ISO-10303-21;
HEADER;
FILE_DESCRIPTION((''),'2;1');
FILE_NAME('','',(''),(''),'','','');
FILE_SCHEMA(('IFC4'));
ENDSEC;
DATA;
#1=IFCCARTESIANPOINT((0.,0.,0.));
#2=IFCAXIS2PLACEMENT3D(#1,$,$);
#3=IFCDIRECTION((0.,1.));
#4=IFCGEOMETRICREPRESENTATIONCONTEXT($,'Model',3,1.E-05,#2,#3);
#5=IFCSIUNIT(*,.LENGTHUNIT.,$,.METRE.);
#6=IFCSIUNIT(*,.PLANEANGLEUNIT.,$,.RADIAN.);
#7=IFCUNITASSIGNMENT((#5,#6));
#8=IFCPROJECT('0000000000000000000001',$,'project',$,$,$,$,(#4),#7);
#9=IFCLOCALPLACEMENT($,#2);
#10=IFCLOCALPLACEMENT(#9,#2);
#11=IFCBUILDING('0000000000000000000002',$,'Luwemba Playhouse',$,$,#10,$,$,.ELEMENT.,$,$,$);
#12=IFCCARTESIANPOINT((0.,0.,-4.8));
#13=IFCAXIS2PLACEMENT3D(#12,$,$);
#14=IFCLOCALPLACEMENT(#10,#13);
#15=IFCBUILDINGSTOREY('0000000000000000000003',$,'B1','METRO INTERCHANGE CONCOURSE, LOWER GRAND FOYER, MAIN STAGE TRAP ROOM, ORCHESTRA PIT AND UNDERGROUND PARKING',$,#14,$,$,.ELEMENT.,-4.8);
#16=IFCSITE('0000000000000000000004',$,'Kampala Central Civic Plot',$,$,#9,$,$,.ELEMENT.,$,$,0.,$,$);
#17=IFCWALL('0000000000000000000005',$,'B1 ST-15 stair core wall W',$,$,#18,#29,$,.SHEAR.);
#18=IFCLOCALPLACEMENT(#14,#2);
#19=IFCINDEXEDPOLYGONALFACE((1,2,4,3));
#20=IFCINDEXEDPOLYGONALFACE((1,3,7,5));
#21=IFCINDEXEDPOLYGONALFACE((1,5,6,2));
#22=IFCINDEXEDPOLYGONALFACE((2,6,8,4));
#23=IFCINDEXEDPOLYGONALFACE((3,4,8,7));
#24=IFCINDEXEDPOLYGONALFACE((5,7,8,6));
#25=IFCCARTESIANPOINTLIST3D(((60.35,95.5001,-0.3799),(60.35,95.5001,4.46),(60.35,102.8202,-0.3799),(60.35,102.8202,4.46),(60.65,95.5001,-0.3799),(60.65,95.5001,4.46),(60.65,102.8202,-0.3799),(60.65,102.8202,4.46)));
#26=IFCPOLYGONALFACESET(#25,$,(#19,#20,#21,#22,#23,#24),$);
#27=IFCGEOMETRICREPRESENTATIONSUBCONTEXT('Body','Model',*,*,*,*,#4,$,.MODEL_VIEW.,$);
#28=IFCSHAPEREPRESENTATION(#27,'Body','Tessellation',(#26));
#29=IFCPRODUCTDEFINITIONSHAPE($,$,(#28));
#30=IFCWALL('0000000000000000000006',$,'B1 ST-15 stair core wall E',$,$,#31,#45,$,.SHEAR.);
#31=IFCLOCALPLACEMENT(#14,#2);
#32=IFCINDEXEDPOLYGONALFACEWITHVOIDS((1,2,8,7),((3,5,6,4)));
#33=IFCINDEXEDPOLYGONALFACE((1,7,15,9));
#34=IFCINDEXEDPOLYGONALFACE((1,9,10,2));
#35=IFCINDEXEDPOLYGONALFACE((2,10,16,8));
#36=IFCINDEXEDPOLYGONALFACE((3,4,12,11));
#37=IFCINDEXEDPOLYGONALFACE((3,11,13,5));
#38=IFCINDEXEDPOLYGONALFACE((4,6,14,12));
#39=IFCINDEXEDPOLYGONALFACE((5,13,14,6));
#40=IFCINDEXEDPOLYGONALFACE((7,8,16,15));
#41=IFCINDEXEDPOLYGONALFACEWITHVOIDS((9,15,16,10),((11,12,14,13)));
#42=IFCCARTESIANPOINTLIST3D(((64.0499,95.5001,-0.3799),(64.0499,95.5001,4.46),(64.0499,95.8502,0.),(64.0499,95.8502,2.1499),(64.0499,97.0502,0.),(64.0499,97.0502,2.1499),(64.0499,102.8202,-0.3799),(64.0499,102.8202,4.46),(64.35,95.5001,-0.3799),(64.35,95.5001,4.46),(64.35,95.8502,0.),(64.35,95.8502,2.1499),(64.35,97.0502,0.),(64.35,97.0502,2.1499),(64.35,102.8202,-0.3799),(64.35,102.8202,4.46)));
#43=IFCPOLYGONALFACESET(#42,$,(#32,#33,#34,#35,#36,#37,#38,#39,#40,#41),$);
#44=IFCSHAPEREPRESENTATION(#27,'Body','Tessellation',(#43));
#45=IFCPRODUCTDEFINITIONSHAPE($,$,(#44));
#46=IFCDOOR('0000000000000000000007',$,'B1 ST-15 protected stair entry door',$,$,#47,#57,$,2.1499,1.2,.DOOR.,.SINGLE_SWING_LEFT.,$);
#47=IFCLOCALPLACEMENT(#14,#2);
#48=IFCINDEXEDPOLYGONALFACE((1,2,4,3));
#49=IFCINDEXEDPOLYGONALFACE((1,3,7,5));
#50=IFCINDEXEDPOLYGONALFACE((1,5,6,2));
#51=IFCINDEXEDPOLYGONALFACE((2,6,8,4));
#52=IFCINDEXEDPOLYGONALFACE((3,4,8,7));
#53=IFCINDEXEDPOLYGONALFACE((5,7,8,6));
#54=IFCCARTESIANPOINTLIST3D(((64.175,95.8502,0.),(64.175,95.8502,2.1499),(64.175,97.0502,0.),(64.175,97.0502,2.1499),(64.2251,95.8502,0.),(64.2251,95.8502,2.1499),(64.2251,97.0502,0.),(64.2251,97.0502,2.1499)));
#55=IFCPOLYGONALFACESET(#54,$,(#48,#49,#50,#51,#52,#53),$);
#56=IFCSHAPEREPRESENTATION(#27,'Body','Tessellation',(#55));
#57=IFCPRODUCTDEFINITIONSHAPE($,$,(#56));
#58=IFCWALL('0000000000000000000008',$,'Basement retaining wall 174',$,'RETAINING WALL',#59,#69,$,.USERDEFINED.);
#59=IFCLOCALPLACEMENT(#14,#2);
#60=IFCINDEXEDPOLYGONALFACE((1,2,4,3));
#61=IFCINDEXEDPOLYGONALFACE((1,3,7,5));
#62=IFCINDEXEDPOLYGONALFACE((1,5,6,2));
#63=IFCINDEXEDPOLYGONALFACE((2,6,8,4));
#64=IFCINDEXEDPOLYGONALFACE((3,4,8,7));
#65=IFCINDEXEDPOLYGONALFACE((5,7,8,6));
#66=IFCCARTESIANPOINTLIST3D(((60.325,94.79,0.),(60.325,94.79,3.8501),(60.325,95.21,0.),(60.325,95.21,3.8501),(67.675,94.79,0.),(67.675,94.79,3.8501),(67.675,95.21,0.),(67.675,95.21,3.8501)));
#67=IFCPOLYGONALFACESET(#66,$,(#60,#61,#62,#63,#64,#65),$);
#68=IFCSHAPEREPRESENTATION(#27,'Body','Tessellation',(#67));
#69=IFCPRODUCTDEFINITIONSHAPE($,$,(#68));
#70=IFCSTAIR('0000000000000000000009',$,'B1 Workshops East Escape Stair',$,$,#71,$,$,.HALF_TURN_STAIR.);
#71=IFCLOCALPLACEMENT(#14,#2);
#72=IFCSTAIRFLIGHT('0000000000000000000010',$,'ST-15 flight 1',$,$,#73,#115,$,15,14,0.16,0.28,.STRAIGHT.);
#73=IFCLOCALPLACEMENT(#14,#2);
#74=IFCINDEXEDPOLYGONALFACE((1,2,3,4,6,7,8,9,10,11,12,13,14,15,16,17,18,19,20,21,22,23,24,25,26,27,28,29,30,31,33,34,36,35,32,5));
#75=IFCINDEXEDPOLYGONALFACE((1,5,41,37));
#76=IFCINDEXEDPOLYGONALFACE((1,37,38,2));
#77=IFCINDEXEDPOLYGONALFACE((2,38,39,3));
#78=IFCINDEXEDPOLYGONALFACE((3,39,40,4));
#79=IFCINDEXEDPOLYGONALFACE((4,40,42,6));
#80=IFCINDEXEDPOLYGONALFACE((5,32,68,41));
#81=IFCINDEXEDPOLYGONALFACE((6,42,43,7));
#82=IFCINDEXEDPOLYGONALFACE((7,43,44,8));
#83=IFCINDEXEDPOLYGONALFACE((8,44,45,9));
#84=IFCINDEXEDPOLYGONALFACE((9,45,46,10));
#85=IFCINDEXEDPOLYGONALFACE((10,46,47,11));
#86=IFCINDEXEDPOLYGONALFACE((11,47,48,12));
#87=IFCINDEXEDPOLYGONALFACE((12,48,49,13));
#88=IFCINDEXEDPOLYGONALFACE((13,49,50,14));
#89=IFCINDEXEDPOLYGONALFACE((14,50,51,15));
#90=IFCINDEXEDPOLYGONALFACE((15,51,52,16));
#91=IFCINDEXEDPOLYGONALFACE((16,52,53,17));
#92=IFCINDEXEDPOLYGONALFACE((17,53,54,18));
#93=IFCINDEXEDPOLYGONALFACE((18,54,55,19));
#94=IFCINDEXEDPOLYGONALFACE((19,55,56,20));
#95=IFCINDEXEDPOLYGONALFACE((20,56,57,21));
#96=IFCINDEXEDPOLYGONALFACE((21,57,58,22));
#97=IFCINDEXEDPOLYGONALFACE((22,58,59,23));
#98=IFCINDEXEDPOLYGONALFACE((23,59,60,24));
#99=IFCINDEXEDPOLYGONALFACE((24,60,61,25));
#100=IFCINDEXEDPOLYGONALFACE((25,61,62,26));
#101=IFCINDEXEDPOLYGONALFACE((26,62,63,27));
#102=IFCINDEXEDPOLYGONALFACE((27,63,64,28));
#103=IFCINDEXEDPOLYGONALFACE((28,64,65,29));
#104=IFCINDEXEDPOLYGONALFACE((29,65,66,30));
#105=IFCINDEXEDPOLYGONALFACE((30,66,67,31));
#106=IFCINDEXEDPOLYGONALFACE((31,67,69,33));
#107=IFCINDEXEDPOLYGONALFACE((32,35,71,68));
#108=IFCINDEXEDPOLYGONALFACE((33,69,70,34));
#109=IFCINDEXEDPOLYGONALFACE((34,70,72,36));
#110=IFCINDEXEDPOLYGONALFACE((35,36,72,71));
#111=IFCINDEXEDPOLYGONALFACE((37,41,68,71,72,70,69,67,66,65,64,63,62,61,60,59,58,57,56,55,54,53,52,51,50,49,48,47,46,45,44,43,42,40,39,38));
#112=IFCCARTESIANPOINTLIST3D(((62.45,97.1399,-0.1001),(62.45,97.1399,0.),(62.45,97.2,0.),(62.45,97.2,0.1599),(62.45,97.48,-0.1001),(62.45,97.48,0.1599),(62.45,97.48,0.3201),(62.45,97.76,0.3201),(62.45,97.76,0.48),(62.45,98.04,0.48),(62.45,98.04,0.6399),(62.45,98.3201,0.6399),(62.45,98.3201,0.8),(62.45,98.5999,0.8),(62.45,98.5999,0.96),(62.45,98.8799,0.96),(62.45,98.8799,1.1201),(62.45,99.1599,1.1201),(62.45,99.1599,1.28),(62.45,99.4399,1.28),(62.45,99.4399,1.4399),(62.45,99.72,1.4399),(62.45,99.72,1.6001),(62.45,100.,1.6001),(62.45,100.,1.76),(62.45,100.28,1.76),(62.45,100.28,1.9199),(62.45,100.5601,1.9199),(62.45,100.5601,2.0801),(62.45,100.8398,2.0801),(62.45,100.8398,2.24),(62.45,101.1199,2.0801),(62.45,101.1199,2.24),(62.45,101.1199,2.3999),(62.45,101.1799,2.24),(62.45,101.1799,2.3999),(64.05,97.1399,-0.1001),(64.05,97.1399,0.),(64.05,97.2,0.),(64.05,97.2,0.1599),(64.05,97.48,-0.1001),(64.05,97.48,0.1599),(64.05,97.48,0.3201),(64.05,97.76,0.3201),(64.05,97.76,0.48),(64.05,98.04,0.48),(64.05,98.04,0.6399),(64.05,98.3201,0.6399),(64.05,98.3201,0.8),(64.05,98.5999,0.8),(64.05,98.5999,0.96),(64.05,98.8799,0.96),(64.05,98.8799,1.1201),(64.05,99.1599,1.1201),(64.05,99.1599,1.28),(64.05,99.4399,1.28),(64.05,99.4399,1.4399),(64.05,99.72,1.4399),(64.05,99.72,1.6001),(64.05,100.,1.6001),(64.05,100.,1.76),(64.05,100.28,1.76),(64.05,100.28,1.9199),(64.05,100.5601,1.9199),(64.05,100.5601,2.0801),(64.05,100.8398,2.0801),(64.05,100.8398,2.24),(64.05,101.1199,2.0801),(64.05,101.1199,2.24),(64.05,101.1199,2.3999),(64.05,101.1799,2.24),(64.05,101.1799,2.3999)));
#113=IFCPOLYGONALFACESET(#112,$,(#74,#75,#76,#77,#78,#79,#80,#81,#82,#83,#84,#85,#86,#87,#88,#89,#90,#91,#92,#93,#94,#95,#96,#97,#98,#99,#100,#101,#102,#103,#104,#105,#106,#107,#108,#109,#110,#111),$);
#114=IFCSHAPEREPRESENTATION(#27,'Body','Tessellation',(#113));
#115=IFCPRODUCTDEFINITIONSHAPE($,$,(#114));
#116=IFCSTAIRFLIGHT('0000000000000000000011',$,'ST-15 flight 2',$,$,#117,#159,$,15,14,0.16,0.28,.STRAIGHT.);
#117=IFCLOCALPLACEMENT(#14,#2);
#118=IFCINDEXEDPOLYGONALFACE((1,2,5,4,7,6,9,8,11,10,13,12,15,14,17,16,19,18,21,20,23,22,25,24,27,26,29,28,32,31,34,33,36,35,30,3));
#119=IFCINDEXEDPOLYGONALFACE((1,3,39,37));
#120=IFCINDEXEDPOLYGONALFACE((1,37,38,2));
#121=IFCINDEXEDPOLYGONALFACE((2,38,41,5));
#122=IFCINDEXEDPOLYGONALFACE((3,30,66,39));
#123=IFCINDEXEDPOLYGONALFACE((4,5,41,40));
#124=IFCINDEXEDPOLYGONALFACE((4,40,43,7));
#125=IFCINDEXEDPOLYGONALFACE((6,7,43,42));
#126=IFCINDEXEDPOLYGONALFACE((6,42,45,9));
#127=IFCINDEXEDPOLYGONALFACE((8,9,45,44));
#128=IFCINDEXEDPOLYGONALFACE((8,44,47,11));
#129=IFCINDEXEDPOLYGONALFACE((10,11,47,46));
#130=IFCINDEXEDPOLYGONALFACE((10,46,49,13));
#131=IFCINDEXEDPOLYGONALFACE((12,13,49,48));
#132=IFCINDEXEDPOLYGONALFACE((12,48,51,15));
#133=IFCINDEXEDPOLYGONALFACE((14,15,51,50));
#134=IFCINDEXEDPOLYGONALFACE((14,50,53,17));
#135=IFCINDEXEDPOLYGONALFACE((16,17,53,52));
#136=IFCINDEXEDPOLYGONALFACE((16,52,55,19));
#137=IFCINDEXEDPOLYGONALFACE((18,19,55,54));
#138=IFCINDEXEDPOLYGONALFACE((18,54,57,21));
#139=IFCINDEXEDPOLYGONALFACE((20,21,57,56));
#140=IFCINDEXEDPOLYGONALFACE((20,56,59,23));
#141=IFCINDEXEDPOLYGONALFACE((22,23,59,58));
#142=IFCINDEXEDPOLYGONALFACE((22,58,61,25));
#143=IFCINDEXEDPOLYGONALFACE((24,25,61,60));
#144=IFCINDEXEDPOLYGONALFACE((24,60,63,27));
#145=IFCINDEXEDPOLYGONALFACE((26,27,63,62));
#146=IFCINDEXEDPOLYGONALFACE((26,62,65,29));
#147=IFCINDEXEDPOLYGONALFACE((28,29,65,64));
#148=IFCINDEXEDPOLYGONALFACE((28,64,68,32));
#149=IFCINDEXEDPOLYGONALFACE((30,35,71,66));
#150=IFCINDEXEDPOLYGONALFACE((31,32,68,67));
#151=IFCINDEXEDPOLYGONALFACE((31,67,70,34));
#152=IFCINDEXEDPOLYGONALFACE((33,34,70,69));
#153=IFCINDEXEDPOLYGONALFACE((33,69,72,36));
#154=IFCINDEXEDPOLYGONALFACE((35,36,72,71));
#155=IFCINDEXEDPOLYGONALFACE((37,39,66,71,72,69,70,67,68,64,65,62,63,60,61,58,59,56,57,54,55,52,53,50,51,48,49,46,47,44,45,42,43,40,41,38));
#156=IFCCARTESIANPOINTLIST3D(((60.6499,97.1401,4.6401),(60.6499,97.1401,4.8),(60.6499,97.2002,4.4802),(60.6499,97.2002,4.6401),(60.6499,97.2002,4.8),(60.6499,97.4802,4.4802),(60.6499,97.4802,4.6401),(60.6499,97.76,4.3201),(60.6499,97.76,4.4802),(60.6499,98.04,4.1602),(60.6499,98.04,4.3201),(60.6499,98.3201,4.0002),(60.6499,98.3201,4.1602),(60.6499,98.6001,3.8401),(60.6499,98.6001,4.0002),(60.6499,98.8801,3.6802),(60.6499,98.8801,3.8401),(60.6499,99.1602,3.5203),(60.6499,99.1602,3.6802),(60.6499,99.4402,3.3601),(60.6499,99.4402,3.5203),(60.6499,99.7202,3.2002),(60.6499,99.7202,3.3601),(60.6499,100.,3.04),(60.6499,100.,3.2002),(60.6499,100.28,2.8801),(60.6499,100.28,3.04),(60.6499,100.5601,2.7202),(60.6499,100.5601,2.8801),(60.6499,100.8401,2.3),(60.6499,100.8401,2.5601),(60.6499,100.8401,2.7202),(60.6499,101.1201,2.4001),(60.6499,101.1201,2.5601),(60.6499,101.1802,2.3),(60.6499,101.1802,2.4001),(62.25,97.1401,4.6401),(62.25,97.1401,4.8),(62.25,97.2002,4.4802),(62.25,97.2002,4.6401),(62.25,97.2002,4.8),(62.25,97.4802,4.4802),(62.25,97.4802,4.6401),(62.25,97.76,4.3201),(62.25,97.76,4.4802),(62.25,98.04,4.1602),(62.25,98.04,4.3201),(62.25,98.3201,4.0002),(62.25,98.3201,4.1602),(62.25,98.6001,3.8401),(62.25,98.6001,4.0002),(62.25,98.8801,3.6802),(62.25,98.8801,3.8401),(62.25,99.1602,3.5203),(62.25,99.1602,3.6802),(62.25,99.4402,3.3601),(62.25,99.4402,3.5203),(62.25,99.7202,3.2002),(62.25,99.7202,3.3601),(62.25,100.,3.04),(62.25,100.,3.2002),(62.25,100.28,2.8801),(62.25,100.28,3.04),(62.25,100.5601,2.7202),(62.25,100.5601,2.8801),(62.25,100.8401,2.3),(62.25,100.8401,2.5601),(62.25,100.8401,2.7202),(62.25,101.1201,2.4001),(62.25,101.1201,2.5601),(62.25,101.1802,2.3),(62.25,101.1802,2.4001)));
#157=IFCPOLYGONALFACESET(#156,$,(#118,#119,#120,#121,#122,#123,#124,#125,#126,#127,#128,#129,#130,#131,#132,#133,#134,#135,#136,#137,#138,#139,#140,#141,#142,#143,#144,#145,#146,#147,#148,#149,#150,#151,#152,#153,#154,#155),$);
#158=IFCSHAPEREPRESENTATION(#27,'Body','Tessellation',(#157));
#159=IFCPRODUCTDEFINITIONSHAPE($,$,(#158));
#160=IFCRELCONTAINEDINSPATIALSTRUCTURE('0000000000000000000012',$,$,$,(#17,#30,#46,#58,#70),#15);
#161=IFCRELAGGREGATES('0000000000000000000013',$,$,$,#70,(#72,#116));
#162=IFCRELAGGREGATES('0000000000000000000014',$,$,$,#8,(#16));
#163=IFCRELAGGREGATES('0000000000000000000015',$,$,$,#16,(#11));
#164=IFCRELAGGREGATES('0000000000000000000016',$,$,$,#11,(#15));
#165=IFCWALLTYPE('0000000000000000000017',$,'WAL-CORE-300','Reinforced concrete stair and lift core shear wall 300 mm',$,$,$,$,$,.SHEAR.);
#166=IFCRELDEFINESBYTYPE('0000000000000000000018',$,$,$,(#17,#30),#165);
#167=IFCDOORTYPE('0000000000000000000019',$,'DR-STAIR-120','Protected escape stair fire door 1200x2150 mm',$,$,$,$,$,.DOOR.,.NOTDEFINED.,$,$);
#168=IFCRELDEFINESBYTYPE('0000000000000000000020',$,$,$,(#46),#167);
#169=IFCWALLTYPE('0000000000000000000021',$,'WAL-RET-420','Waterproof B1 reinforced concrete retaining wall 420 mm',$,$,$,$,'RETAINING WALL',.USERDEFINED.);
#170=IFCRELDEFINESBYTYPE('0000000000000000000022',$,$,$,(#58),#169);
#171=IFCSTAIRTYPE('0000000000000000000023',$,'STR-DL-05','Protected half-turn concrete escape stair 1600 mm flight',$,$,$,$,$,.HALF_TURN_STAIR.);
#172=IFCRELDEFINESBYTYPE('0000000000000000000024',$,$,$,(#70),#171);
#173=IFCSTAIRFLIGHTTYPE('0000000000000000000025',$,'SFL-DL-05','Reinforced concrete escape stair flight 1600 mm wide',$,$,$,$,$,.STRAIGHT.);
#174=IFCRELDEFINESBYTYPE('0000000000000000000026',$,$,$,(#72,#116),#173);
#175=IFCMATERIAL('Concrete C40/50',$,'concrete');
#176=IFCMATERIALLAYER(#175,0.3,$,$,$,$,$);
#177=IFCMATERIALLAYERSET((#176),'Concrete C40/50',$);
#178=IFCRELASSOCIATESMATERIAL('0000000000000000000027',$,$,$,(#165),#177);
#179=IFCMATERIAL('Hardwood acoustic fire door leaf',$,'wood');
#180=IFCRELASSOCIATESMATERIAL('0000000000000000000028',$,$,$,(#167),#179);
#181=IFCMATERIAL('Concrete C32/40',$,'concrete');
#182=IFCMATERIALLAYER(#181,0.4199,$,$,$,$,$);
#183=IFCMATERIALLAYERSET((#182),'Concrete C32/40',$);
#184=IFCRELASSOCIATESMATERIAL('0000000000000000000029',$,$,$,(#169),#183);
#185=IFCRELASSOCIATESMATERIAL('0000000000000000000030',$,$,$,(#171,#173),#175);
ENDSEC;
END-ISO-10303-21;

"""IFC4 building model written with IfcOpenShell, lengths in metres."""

from ifc_helpers import new_model, si_unit, direction, frame, frame_2d, origin, place, context, subcontext, project, spatial, polyline, rectangle, outline, extrude, material, layer, layer_set, type_object, element, fill, aggregate, save


model = new_model("IFC4")

# Units and contexts
model_context = context("Model", 3, precision=1e-05, world=origin(), true_north=direction((0.0, 1.0)))
body_context = subcontext(model_context, "Body", "Model", "MODEL_VIEW")
ifc_project = project(units=[si_unit("LENGTHUNIT", "METRE"), si_unit("PLANEANGLEUNIT", "RADIAN")], contexts=[model_context])

# Site, building, storey
site_placement = place(None, origin())
site = spatial("IfcSite", under=ifc_project, at=site_placement, Name="Kampala Central Civic Plot", CompositionType="ELEMENT", RefElevation=0.0)
building_placement = place(site_placement, origin())
building = spatial("IfcBuilding", under=site, at=building_placement, Name="Luwemba Playhouse", CompositionType="ELEMENT")
storey_placement = place(building_placement, frame((0.0, 0.0, -4.8)))
storey = spatial("IfcBuildingStorey", under=building, at=storey_placement, Name="B1", Description="METRO INTERCHANGE CONCOURSE, LOWER GRAND FOYER, MAIN STAGE TRAP ROOM, ORCHESTRA PIT AND UNDERGROUND PARKING", CompositionType="ELEMENT", Elevation=-4.8)

# Shared definitions
ifc_material_1 = material(Name="Concrete C32/40", Category="concrete")

# Shared definitions
ifc_material_2 = material(Name="Concrete C40/50", Category="concrete")

# Wall
ifc_layer_1 = layer(ifc_material_2, 0.3)
ifc_layer_set_1 = layer_set([ifc_layer_1], Name="Concrete C40/50")
wall_type_1 = type_object("IfcWallType", Name="WAL-CORE-300", Description="Reinforced concrete stair and lift core shear wall 300 mm", PredefinedType="SHEAR", material=ifc_layer_set_1)
wall_1_placement = place(storey_placement, frame((60.5, 95.5, -0.3799), z_axis=(0.0, 0.0, 1.0), x_axis=(0.0, 1.0, 0.0)))
element("IfcWall", 1, at=wall_1_placement, inside=storey, type_object=wall_type_1, Name="B1 ST-15 stair core wall W", PredefinedType="SHEAR", context=body_context, shape_type="SweptSolid", body=[
    extrude(rectangle(XDim=7.3201, YDim=0.3, at=frame_2d((3.6602, 0.0))), origin(), (0.0, 0.0, 1.0), 4.8398),
])

# Wall, opening, door
wall_2_placement = place(storey_placement, frame((64.2, 95.5, -0.3799), z_axis=(0.0, 0.0, 1.0), x_axis=(0.0, 1.0, 0.0)))
wall_2 = element("IfcWall", 2, at=wall_2_placement, inside=storey, type_object=wall_type_1, Name="B1 ST-15 stair core wall E", PredefinedType="SHEAR", context=body_context, shape_type="SweptSolid", body=[
    extrude(rectangle(XDim=7.3201, YDim=0.3, at=frame_2d((3.6602, 0.0))), origin(), (0.0, 0.0, 1.0), 4.8398),
])
opening_placement = place(wall_2_placement, frame((0.3501, 0.0, 0.3799)))
opening = element("IfcOpeningElement", 3, at=opening_placement, cuts=wall_2, PredefinedType="OPENING", context=body_context, shape_type="SweptSolid", body=[
    extrude(rectangle(XDim=1.2, YDim=2.1499, at=frame_2d((0.6001, 1.075))), frame((0.0, 0.1599, 0.0), z_axis=(0.0, -1.0, 0.0), x_axis=(1.0, 0.0, 0.0)), (0.0, 0.0, 1.0), 0.3201),
])
ifc_material_3 = material(Name="Hardwood acoustic fire door leaf", Category="wood")
door_type = type_object("IfcDoorType", Name="DR-STAIR-120", Description="Protected escape stair fire door 1200x2150 mm", OperationType="NOTDEFINED", PredefinedType="DOOR", material=ifc_material_3)
door_placement = place(opening_placement, origin())
door = element("IfcDoor", 4, at=door_placement, inside=storey, type_object=door_type, Name="B1 ST-15 protected stair entry door", OperationType="SINGLE_SWING_LEFT", OverallHeight=2.1499, OverallWidth=1.2, PredefinedType="DOOR", context=body_context, shape_type="SweptSolid", body=[
    extrude(rectangle(XDim=1.2, YDim=2.1499, at=frame_2d((0.6001, 1.075))), frame((0.0, 0.0249, 0.0), z_axis=(0.0, -1.0, 0.0), x_axis=(1.0, 0.0, 0.0)), (0.0, 0.0, 1.0), 0.05),
])
fill(opening, door)

# Wall
ifc_layer_2 = layer(ifc_material_1, 0.4199)
ifc_layer_set_2 = layer_set([ifc_layer_2], Name="Concrete C32/40")
wall_type_2 = type_object("IfcWallType", Name="WAL-RET-420", Description="Waterproof B1 reinforced concrete retaining wall 420 mm", ElementType="RETAINING WALL", PredefinedType="USERDEFINED", material=ifc_layer_set_2)
wall_3_placement = place(storey_placement, frame((67.675, 95.0, 0.0), z_axis=(0.0, 0.0, 1.0), x_axis=(-1.0, 0.0, 0.0)))
element("IfcWall", 5, at=wall_3_placement, inside=storey, type_object=wall_type_2, Name="Basement retaining wall 174", ObjectType="RETAINING WALL", PredefinedType="USERDEFINED", context=body_context, shape_type="SweptSolid", body=[
    extrude(rectangle(XDim=7.3501, YDim=0.4199, at=frame_2d((3.675, 0.0))), origin(), (0.0, 0.0, 1.0), 3.8501),
])

# Stair, stair flights
stair_type = type_object("IfcStairType", Name="STR-DL-05", Description="Protected half-turn concrete escape stair 1600 mm flight", PredefinedType="HALF_TURN_STAIR", material=ifc_material_2)
stair_placement = place(storey_placement, origin())
stair = element("IfcStair", 6, at=stair_placement, inside=storey, type_object=stair_type, Name="B1 Workshops East Escape Stair", PredefinedType="HALF_TURN_STAIR")
stair_flight_type = type_object("IfcStairFlightType", Name="SFL-DL-05", Description="Reinforced concrete escape stair flight 1600 mm wide", PredefinedType="STRAIGHT", material=ifc_material_2)
stair_flight_1_placement = place(storey_placement, frame((63.25, 97.2, 0.0), z_axis=(0.0, 0.0, 1.0), x_axis=(0.0, 1.0, 0.0)))
stair_flight_1 = element("IfcStairFlight", 7, at=stair_flight_1_placement, type_object=stair_flight_type, Name="ST-15 flight 1", NumberOfRisers=15, NumberOfTreads=14, PredefinedType="STRAIGHT", RiserHeight=0.16, TreadLength=0.28, context=body_context, shape_type="SweptSolid", body=[
    extrude(outline(polyline([(-0.0601, -0.1001), (-0.0601, 0.0), (0.0, 0.0), (0.0, 0.1599), (0.28, 0.1599), (0.28, 0.3201), (0.5601, 0.3201), (0.5601, 0.48), (0.8401, 0.48), (0.8401, 0.6399), (1.1201, 0.6399), (1.1201, 0.8), (1.3999, 0.8), (1.3999, 0.96), (1.6799, 0.96), (1.6799, 1.1201), (1.96, 1.1201), (1.96, 1.28), (2.24, 1.28), (2.24, 1.4399), (2.52, 1.4399), (2.52, 1.6001), (2.8, 1.6001), (2.8, 1.76), (3.0801, 1.76), (3.0801, 1.9199), (3.3601, 1.9199), (3.3601, 2.0801), (3.6399, 2.0801), (3.6399, 2.24), (3.9199, 2.24), (3.9199, 2.3999), (3.98, 2.3999), (3.98, 2.24), (3.9199, 2.0801), (0.28, -0.1001), (-0.0601, -0.1001)])), frame((0.0, 0.8, 0.0), z_axis=(0.0, -1.0, 0.0), x_axis=(1.0, 0.0, 0.0)), (0.0, 0.0, 1.0), 1.6001),
])
stair_flight_2_placement = place(storey_placement, frame((61.45, 101.1201, 2.4001), z_axis=(0.0, 0.0, 1.0), x_axis=(0.0, -1.0, 0.0)))
stair_flight_2 = element("IfcStairFlight", 8, at=stair_flight_2_placement, type_object=stair_flight_type, Name="ST-15 flight 2", NumberOfRisers=15, NumberOfTreads=14, PredefinedType="STRAIGHT", RiserHeight=0.16, TreadLength=0.28, context=body_context, shape_type="SweptSolid", body=[
    extrude(outline(polyline([(-0.0601, -0.1001), (-0.0601, 0.0), (0.0, 0.0), (0.0, 0.1599), (0.28, 0.1599), (0.28, 0.3201), (0.5601, 0.3201), (0.5601, 0.48), (0.8401, 0.48), (0.8401, 0.6399), (1.1201, 0.6399), (1.1201, 0.8), (1.3999, 0.8), (1.3999, 0.96), (1.6799, 0.96), (1.6799, 1.1201), (1.96, 1.1201), (1.96, 1.28), (2.24, 1.28), (2.24, 1.4399), (2.52, 1.4399), (2.52, 1.6001), (2.8, 1.6001), (2.8, 1.76), (3.0801, 1.76), (3.0801, 1.9199), (3.3601, 1.9199), (3.3601, 2.0801), (3.6399, 2.0801), (3.6399, 2.24), (3.9199, 2.24), (3.9199, 2.3999), (3.98, 2.3999), (3.98, 2.24), (3.9199, 2.0801), (0.28, -0.1001), (-0.0601, -0.1001)])), frame((0.0, 0.8, 0.0), z_axis=(0.0, -1.0, 0.0), x_axis=(1.0, 0.0, 0.0)), (0.0, 0.0, 1.0), 1.6001),
])
aggregate(stair, [stair_flight_1, stair_flight_2])

save(model, "model.ifc")
